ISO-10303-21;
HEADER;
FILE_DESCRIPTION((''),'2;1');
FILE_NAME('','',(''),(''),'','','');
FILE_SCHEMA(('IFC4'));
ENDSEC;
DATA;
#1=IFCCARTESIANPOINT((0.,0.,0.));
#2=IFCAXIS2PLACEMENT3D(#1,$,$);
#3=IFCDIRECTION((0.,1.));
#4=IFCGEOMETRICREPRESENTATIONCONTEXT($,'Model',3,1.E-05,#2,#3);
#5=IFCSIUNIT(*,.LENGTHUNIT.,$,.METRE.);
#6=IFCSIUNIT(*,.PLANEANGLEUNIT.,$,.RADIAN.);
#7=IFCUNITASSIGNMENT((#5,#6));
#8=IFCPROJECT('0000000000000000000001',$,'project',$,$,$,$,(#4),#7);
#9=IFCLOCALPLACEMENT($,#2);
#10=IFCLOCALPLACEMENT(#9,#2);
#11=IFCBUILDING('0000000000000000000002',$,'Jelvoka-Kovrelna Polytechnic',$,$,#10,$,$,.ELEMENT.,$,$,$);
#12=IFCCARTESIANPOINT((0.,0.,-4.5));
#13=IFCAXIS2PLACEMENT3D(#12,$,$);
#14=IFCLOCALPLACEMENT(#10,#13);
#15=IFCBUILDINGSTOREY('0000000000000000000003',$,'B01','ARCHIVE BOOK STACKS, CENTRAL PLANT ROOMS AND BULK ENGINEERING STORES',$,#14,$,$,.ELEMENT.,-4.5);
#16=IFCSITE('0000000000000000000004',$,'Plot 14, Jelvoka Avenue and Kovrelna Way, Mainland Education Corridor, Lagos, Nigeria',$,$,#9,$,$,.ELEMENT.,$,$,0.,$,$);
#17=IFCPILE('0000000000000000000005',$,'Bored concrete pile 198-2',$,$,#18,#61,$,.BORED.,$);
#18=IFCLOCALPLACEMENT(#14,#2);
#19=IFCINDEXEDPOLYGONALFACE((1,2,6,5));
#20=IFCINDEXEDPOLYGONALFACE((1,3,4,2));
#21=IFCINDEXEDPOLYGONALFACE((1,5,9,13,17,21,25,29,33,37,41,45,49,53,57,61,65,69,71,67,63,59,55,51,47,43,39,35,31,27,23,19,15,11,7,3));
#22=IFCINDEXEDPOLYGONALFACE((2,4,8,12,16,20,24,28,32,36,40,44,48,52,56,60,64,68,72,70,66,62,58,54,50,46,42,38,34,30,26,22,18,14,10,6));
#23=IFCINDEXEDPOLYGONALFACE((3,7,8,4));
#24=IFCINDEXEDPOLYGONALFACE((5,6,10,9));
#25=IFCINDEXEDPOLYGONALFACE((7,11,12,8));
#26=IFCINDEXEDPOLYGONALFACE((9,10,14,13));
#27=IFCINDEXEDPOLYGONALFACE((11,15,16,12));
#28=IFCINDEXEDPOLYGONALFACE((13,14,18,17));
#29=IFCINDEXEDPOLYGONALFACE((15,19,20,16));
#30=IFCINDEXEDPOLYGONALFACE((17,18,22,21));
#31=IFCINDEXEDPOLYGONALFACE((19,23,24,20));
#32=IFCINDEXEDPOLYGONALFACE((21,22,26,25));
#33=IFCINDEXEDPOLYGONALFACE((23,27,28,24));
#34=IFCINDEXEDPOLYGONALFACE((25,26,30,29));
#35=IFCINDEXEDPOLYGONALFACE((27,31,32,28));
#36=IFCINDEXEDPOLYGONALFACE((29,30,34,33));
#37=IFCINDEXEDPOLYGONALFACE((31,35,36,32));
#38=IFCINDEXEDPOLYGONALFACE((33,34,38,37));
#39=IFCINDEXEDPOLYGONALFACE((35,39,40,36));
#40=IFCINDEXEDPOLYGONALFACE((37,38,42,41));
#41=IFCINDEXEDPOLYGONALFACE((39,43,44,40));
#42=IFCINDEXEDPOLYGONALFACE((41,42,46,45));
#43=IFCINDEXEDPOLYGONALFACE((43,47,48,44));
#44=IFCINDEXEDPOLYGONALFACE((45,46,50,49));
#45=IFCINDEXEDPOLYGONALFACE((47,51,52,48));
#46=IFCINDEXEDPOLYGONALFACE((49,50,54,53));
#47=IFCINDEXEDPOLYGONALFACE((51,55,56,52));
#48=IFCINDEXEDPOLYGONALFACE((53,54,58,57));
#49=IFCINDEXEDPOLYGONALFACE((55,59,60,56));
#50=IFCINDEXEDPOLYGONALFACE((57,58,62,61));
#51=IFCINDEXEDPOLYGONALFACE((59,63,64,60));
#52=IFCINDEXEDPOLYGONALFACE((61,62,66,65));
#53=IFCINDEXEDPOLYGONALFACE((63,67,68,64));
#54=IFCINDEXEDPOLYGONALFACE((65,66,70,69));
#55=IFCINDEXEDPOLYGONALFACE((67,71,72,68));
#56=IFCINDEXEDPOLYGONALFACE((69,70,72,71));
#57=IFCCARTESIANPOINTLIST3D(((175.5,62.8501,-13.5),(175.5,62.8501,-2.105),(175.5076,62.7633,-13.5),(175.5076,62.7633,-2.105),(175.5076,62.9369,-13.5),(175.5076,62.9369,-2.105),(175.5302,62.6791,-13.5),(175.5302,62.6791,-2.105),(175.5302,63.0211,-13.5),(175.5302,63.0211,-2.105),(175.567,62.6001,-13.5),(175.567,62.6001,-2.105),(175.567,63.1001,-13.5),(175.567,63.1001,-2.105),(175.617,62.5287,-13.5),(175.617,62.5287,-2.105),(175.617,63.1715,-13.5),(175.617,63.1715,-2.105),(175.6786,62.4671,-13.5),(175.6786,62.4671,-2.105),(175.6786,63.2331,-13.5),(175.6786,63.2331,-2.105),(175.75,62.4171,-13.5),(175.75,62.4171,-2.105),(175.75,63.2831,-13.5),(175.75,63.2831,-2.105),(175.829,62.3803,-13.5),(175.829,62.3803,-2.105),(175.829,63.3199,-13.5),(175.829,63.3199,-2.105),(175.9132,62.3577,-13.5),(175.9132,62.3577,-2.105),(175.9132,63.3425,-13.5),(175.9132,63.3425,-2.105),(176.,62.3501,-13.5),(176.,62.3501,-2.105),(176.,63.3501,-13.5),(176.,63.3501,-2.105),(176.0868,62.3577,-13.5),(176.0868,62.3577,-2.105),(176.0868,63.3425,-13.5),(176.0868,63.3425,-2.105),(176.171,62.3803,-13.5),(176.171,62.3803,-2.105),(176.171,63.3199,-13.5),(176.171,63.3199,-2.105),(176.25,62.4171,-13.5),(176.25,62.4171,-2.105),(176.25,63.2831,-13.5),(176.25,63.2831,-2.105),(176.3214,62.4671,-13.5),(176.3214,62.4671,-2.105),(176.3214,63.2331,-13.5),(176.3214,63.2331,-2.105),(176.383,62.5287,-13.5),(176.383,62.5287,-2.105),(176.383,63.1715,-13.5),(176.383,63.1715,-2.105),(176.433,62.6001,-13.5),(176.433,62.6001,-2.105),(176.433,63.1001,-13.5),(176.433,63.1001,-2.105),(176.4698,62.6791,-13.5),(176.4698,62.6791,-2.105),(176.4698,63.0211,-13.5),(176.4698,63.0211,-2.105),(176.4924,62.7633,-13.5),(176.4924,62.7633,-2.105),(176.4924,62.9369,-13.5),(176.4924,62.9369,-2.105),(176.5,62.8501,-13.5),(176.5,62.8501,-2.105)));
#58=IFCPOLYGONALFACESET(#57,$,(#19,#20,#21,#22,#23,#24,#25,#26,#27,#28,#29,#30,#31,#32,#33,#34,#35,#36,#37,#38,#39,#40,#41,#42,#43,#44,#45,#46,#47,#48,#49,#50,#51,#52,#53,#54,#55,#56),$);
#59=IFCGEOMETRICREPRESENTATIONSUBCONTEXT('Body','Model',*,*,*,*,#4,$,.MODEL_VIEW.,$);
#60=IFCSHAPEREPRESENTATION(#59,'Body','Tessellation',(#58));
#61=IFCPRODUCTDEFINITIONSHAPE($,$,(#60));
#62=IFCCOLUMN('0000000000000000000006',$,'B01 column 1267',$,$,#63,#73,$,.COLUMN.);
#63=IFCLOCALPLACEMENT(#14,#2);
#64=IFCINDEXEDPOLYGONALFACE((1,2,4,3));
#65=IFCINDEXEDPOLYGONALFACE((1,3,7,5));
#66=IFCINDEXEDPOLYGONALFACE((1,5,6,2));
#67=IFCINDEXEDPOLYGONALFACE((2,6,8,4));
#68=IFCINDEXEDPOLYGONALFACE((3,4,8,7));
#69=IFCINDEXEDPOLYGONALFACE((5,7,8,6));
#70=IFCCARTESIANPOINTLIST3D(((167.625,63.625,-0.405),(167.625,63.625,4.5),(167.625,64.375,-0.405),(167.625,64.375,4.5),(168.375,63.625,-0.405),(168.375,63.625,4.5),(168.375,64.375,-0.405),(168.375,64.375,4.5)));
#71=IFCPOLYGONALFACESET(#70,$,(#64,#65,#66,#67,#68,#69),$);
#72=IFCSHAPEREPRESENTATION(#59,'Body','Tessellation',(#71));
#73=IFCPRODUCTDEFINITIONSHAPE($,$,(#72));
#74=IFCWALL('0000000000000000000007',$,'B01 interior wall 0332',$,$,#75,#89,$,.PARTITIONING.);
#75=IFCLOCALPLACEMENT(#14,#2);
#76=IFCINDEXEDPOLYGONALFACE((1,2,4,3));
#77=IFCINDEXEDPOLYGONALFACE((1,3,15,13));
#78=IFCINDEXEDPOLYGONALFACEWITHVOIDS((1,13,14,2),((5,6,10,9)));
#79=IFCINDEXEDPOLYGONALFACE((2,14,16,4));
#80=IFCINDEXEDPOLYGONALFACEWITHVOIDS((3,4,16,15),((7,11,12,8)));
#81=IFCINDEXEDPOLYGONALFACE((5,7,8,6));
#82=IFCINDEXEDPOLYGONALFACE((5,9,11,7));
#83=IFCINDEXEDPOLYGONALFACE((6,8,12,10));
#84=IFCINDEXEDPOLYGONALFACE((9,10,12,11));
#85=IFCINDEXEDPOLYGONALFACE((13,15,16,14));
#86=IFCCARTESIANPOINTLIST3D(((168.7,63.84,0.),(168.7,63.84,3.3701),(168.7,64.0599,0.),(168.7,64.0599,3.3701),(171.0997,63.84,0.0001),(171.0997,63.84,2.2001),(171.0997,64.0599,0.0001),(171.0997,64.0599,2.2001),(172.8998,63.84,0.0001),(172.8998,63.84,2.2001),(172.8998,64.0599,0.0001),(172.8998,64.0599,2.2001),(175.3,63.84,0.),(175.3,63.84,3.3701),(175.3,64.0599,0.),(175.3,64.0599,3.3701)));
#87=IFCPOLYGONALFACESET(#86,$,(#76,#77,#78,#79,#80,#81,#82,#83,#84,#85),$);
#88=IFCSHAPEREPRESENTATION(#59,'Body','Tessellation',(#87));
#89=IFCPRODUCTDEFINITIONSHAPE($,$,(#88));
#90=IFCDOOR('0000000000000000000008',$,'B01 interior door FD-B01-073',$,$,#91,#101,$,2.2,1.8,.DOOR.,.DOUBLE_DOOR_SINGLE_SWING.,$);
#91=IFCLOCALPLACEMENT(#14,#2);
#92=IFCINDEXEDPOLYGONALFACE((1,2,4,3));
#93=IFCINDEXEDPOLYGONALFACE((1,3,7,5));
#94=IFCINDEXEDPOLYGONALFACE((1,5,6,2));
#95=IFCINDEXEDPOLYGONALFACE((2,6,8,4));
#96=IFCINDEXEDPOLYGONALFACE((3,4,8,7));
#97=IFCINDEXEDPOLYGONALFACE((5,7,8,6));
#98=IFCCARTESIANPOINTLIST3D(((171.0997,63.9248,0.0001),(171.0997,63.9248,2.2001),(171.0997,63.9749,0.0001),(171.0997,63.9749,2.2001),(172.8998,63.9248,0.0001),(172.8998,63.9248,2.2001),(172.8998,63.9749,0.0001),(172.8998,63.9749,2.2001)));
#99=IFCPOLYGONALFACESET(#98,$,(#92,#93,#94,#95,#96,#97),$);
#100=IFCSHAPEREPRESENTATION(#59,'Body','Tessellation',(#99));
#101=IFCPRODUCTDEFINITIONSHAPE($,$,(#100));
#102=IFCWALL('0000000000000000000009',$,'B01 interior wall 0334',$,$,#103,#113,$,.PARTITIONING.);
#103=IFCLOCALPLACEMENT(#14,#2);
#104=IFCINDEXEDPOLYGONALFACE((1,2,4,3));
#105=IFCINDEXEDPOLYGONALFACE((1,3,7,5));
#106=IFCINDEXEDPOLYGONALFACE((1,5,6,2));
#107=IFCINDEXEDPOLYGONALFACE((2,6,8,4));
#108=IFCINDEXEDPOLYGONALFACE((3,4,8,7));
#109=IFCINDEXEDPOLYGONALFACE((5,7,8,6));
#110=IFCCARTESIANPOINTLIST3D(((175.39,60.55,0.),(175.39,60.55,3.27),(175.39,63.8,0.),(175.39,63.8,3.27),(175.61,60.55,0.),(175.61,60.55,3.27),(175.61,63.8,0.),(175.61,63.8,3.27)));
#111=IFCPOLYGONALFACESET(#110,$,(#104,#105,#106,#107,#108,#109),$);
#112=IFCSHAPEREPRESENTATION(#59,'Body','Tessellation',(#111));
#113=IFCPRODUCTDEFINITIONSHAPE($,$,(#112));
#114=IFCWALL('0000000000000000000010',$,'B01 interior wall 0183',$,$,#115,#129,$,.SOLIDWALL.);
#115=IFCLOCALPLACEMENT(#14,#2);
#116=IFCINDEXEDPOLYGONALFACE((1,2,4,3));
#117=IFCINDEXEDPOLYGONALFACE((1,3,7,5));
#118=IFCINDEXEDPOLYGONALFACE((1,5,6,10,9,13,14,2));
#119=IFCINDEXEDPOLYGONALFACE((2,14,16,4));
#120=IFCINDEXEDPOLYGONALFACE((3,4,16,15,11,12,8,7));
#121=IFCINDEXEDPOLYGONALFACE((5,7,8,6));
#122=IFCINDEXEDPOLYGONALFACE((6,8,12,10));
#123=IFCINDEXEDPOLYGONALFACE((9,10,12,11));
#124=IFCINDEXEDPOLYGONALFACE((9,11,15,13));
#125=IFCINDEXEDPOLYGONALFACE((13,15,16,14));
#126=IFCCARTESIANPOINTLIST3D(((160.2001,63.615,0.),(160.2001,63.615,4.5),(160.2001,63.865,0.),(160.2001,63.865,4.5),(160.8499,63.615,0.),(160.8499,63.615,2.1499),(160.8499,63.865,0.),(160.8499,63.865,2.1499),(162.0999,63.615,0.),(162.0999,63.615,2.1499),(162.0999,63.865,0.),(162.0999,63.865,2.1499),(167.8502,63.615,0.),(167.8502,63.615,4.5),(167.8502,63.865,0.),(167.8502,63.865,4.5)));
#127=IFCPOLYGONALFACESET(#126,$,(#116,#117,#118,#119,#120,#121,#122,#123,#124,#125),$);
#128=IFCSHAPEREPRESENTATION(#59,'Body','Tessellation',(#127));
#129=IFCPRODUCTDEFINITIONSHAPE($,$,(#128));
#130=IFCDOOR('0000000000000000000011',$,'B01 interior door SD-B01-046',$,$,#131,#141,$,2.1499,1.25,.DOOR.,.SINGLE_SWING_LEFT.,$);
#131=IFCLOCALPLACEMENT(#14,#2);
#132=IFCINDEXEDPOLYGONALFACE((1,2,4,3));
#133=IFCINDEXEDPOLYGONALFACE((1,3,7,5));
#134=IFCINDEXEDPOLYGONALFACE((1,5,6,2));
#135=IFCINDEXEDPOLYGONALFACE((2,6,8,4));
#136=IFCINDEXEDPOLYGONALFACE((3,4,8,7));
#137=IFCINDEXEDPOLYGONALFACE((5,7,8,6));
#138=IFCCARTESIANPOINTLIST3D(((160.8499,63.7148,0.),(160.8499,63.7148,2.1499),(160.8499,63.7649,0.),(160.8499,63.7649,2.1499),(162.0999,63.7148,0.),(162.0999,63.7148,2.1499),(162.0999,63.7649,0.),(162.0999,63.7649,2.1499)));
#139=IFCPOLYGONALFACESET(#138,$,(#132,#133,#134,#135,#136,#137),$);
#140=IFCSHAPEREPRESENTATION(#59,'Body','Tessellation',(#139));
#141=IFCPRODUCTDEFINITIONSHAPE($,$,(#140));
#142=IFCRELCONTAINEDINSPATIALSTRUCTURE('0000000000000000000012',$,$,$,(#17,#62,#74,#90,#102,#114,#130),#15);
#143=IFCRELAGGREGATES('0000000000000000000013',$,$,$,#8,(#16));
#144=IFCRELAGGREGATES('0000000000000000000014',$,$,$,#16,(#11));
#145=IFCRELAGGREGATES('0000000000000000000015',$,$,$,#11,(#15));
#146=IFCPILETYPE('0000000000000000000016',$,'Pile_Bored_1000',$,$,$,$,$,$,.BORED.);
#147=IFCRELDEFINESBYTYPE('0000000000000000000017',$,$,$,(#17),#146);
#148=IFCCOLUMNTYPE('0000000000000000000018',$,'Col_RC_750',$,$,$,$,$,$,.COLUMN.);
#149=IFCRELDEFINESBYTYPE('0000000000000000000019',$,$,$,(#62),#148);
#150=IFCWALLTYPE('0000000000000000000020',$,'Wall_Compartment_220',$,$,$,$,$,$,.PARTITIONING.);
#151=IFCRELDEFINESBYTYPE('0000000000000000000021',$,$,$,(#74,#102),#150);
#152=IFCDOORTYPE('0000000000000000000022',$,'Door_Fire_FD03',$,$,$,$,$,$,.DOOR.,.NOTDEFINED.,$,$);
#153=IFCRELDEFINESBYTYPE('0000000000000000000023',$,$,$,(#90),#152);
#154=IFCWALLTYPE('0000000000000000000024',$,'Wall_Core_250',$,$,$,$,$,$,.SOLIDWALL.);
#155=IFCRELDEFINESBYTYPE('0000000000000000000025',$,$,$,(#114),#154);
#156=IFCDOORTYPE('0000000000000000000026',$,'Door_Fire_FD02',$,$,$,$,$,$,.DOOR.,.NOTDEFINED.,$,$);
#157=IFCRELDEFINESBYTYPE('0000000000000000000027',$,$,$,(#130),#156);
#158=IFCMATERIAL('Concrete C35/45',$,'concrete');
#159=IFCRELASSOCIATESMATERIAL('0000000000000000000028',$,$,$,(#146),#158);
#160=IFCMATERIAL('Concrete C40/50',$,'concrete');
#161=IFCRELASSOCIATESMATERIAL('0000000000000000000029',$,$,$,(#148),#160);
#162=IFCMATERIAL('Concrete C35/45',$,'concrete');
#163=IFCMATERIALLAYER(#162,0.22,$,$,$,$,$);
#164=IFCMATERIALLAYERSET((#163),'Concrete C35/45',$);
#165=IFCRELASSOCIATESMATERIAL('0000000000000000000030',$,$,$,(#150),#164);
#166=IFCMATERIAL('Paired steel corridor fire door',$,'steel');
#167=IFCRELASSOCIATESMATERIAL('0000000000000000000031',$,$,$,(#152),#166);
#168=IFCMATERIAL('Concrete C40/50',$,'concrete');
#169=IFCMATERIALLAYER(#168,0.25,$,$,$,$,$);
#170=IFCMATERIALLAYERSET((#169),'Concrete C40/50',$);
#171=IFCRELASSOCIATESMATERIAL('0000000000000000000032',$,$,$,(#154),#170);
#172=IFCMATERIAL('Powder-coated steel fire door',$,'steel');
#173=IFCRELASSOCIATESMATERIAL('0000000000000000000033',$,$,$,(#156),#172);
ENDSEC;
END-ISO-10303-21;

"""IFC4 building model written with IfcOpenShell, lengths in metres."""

from ifc_helpers import new_model, si_unit, direction, frame, frame_2d, origin, origin_2d, place, context, subcontext, project, spatial, rectangle, circle, extrude, material, layer, layer_set, material_profile, profile_set, type_object, element, fill, save


model = new_model("IFC4")

# Units and contexts
model_context = context("Model", 3, precision=1e-05, world=origin(), true_north=direction((0.0, 1.0)))
body_context = subcontext(model_context, "Body", "Model", "MODEL_VIEW")
ifc_project = project(units=[si_unit("LENGTHUNIT", "METRE"), si_unit("PLANEANGLEUNIT", "RADIAN")], contexts=[model_context])

# Site, building, storey
site_placement = place(None, origin())
site = spatial("IfcSite", under=ifc_project, at=site_placement, Name="Plot 14, Jelvoka Avenue and Kovrelna Way, Mainland Education Corridor, Lagos, Nigeria", CompositionType="ELEMENT", RefElevation=0.0)
building_placement = place(site_placement, origin())
building = spatial("IfcBuilding", under=site, at=building_placement, Name="Jelvoka-Kovrelna Polytechnic", CompositionType="ELEMENT")
storey_placement = place(building_placement, frame((0.0, 0.0, -4.5)))
storey = spatial("IfcBuildingStorey", under=building, at=storey_placement, Name="B01", Description="ARCHIVE BOOK STACKS, CENTRAL PLANT ROOMS AND BULK ENGINEERING STORES", CompositionType="ELEMENT", Elevation=-4.5)

# Pile
ifc_material_1 = material(Name="Concrete C35/45", Category="concrete")
ifc_material_profile_1 = material_profile(ifc_material_1, circle(Radius=0.5, at=origin_2d()), Name="PILE D1000")
ifc_profile_set_1 = profile_set([ifc_material_profile_1], Name="Concrete C35/45")
pile_type = type_object("IfcPileType", Name="Pile_Bored_1000", PredefinedType="BORED", material=ifc_profile_set_1)
for number, where, z_axis, x_axis, name in (
    (1, (176.0, 62.8501, -2.105), (0.0, 0.0, -1.0), (1.0, 0.0, 0.0), "Bored concrete pile 198-2"),
):
    element("IfcPile", number, at=place(storey_placement, frame(where, z_axis=z_axis, x_axis=x_axis)), inside=storey, type_object=pile_type, Name=name, PredefinedType="BORED", context=body_context, shape_type="SweptSolid", body=[
        extrude(circle(Radius=0.5, at=origin_2d()), origin(), (0.0, 0.0, 1.0), 11.395),
    ])

# Column
ifc_material_2 = material(Name="Concrete C40/50", Category="concrete")
ifc_material_profile_2 = material_profile(ifc_material_2, rectangle(XDim=0.75, YDim=0.75, at=origin_2d()), Name="RC 750x750")
ifc_profile_set_2 = profile_set([ifc_material_profile_2], Name="Concrete C40/50")
column_type = type_object("IfcColumnType", Name="Col_RC_750", PredefinedType="COLUMN", material=ifc_profile_set_2)
column_placement = place(storey_placement, frame((168.0, 64.0, -0.405), z_axis=(0.0, 0.0, 1.0), x_axis=(1.0, 0.0, 0.0)))
element("IfcColumn", 2, at=column_placement, inside=storey, type_object=column_type, Name="B01 column 1267", PredefinedType="COLUMN", context=body_context, shape_type="SweptSolid", body=[
    extrude(rectangle(XDim=0.75, YDim=0.75, at=origin_2d()), origin(), (0.0, 0.0, 1.0), 4.905),
])

# Wall, opening, door
ifc_material_3 = material(Name="Concrete C35/45", Category="concrete")
ifc_layer_1 = layer(ifc_material_3, 0.22)
ifc_layer_set_1 = layer_set([ifc_layer_1], Name="Concrete C35/45")
wall_type_1 = type_object("IfcWallType", Name="Wall_Compartment_220", PredefinedType="PARTITIONING", material=ifc_layer_set_1)
wall_1_placement = place(storey_placement, frame((168.7, 63.95, 0.0), z_axis=(0.0, 0.0, 1.0), x_axis=(1.0, 0.0, 0.0)))
wall_1 = element("IfcWall", 3, at=wall_1_placement, inside=storey, type_object=wall_type_1, Name="B01 interior wall 0332", PredefinedType="PARTITIONING", context=body_context, shape_type="SweptSolid", body=[
    extrude(rectangle(XDim=6.6001, YDim=0.22, at=frame_2d((3.3, 0.0))), origin(), (0.0, 0.0, 1.0), 3.3701),
])
opening_1_placement = place(wall_1_placement, frame((2.3999, 0.0, 0.0)))
opening_1 = element("IfcOpeningElement", 4, at=opening_1_placement, cuts=wall_1, PredefinedType="OPENING", context=body_context, shape_type="SweptSolid", body=[
    extrude(rectangle(XDim=1.8, YDim=2.2, at=frame_2d((0.8999, 1.1001))), frame((0.0, 0.1199, 0.0), z_axis=(0.0, -1.0, 0.0), x_axis=(1.0, 0.0, 0.0)), (0.0, 0.0, 1.0), 0.24),
])
ifc_material_4 = material(Name="Paired steel corridor fire door", Category="steel")
door_type_1 = type_object("IfcDoorType", Name="Door_Fire_FD03", OperationType="NOTDEFINED", PredefinedType="DOOR", material=ifc_material_4)
door_1_placement = place(opening_1_placement, origin())
door_1 = element("IfcDoor", 5, at=door_1_placement, inside=storey, type_object=door_type_1, Name="B01 interior door FD-B01-073", OperationType="DOUBLE_DOOR_SINGLE_SWING", OverallHeight=2.2, OverallWidth=1.8, PredefinedType="DOOR", context=body_context, shape_type="SweptSolid", body=[
    extrude(rectangle(XDim=1.8, YDim=2.2, at=frame_2d((0.8999, 1.1001))), frame((0.0, 0.0249, 0.0), z_axis=(0.0, -1.0, 0.0), x_axis=(1.0, 0.0, 0.0)), (0.0, 0.0, 1.0), 0.05),
])
fill(opening_1, door_1)

# Wall
wall_2_placement = place(storey_placement, frame((175.5, 60.55, 0.0), z_axis=(0.0, 0.0, 1.0), x_axis=(0.0, 1.0, 0.0)))
element("IfcWall", 6, at=wall_2_placement, inside=storey, type_object=wall_type_1, Name="B01 interior wall 0334", PredefinedType="PARTITIONING", context=body_context, shape_type="SweptSolid", body=[
    extrude(rectangle(XDim=3.25, YDim=0.22, at=frame_2d((1.625, 0.0))), origin(), (0.0, 0.0, 1.0), 3.27),
])

# Wall, opening, door
ifc_material_5 = material(Name="Concrete C40/50", Category="concrete")
ifc_layer_2 = layer(ifc_material_5, 0.25)
ifc_layer_set_2 = layer_set([ifc_layer_2], Name="Concrete C40/50")
wall_type_2 = type_object("IfcWallType", Name="Wall_Core_250", PredefinedType="SOLIDWALL", material=ifc_layer_set_2)
wall_3_placement = place(storey_placement, frame((160.2, 63.74, 0.0), z_axis=(0.0, 0.0, 1.0), x_axis=(1.0, 0.0, 0.0)))
wall_3 = element("IfcWall", 7, at=wall_3_placement, inside=storey, type_object=wall_type_2, Name="B01 interior wall 0183", PredefinedType="SOLIDWALL", context=body_context, shape_type="SweptSolid", body=[
    extrude(rectangle(XDim=7.6501, YDim=0.25, at=frame_2d((3.8252, 0.0))), origin(), (0.0, 0.0, 1.0), 4.5),
])
opening_2_placement = place(wall_3_placement, frame((0.6499, 0.0, 0.0)))
opening_2 = element("IfcOpeningElement", 8, at=opening_2_placement, cuts=wall_3, PredefinedType="OPENING", context=body_context, shape_type="SweptSolid", body=[
    extrude(rectangle(XDim=1.25, YDim=2.1499, at=frame_2d((0.625, 1.075))), frame((0.0, 0.135, 0.0), z_axis=(0.0, -1.0, 0.0), x_axis=(1.0, 0.0, 0.0)), (0.0, 0.0, 1.0), 0.27),
])
ifc_material_6 = material(Name="Powder-coated steel fire door", Category="steel")
door_type_2 = type_object("IfcDoorType", Name="Door_Fire_FD02", OperationType="NOTDEFINED", PredefinedType="DOOR", material=ifc_material_6)
door_2_placement = place(opening_2_placement, origin())
door_2 = element("IfcDoor", 9, at=door_2_placement, inside=storey, type_object=door_type_2, Name="B01 interior door SD-B01-046", OperationType="SINGLE_SWING_LEFT", OverallHeight=2.1499, OverallWidth=1.25, PredefinedType="DOOR", context=body_context, shape_type="SweptSolid", body=[
    extrude(rectangle(XDim=1.25, YDim=2.1499, at=frame_2d((0.625, 1.075))), frame((0.0, 0.0249, 0.0), z_axis=(0.0, -1.0, 0.0), x_axis=(1.0, 0.0, 0.0)), (0.0, 0.0, 1.0), 0.05),
])
fill(opening_2, door_2)

save(model, "model.ifc")
